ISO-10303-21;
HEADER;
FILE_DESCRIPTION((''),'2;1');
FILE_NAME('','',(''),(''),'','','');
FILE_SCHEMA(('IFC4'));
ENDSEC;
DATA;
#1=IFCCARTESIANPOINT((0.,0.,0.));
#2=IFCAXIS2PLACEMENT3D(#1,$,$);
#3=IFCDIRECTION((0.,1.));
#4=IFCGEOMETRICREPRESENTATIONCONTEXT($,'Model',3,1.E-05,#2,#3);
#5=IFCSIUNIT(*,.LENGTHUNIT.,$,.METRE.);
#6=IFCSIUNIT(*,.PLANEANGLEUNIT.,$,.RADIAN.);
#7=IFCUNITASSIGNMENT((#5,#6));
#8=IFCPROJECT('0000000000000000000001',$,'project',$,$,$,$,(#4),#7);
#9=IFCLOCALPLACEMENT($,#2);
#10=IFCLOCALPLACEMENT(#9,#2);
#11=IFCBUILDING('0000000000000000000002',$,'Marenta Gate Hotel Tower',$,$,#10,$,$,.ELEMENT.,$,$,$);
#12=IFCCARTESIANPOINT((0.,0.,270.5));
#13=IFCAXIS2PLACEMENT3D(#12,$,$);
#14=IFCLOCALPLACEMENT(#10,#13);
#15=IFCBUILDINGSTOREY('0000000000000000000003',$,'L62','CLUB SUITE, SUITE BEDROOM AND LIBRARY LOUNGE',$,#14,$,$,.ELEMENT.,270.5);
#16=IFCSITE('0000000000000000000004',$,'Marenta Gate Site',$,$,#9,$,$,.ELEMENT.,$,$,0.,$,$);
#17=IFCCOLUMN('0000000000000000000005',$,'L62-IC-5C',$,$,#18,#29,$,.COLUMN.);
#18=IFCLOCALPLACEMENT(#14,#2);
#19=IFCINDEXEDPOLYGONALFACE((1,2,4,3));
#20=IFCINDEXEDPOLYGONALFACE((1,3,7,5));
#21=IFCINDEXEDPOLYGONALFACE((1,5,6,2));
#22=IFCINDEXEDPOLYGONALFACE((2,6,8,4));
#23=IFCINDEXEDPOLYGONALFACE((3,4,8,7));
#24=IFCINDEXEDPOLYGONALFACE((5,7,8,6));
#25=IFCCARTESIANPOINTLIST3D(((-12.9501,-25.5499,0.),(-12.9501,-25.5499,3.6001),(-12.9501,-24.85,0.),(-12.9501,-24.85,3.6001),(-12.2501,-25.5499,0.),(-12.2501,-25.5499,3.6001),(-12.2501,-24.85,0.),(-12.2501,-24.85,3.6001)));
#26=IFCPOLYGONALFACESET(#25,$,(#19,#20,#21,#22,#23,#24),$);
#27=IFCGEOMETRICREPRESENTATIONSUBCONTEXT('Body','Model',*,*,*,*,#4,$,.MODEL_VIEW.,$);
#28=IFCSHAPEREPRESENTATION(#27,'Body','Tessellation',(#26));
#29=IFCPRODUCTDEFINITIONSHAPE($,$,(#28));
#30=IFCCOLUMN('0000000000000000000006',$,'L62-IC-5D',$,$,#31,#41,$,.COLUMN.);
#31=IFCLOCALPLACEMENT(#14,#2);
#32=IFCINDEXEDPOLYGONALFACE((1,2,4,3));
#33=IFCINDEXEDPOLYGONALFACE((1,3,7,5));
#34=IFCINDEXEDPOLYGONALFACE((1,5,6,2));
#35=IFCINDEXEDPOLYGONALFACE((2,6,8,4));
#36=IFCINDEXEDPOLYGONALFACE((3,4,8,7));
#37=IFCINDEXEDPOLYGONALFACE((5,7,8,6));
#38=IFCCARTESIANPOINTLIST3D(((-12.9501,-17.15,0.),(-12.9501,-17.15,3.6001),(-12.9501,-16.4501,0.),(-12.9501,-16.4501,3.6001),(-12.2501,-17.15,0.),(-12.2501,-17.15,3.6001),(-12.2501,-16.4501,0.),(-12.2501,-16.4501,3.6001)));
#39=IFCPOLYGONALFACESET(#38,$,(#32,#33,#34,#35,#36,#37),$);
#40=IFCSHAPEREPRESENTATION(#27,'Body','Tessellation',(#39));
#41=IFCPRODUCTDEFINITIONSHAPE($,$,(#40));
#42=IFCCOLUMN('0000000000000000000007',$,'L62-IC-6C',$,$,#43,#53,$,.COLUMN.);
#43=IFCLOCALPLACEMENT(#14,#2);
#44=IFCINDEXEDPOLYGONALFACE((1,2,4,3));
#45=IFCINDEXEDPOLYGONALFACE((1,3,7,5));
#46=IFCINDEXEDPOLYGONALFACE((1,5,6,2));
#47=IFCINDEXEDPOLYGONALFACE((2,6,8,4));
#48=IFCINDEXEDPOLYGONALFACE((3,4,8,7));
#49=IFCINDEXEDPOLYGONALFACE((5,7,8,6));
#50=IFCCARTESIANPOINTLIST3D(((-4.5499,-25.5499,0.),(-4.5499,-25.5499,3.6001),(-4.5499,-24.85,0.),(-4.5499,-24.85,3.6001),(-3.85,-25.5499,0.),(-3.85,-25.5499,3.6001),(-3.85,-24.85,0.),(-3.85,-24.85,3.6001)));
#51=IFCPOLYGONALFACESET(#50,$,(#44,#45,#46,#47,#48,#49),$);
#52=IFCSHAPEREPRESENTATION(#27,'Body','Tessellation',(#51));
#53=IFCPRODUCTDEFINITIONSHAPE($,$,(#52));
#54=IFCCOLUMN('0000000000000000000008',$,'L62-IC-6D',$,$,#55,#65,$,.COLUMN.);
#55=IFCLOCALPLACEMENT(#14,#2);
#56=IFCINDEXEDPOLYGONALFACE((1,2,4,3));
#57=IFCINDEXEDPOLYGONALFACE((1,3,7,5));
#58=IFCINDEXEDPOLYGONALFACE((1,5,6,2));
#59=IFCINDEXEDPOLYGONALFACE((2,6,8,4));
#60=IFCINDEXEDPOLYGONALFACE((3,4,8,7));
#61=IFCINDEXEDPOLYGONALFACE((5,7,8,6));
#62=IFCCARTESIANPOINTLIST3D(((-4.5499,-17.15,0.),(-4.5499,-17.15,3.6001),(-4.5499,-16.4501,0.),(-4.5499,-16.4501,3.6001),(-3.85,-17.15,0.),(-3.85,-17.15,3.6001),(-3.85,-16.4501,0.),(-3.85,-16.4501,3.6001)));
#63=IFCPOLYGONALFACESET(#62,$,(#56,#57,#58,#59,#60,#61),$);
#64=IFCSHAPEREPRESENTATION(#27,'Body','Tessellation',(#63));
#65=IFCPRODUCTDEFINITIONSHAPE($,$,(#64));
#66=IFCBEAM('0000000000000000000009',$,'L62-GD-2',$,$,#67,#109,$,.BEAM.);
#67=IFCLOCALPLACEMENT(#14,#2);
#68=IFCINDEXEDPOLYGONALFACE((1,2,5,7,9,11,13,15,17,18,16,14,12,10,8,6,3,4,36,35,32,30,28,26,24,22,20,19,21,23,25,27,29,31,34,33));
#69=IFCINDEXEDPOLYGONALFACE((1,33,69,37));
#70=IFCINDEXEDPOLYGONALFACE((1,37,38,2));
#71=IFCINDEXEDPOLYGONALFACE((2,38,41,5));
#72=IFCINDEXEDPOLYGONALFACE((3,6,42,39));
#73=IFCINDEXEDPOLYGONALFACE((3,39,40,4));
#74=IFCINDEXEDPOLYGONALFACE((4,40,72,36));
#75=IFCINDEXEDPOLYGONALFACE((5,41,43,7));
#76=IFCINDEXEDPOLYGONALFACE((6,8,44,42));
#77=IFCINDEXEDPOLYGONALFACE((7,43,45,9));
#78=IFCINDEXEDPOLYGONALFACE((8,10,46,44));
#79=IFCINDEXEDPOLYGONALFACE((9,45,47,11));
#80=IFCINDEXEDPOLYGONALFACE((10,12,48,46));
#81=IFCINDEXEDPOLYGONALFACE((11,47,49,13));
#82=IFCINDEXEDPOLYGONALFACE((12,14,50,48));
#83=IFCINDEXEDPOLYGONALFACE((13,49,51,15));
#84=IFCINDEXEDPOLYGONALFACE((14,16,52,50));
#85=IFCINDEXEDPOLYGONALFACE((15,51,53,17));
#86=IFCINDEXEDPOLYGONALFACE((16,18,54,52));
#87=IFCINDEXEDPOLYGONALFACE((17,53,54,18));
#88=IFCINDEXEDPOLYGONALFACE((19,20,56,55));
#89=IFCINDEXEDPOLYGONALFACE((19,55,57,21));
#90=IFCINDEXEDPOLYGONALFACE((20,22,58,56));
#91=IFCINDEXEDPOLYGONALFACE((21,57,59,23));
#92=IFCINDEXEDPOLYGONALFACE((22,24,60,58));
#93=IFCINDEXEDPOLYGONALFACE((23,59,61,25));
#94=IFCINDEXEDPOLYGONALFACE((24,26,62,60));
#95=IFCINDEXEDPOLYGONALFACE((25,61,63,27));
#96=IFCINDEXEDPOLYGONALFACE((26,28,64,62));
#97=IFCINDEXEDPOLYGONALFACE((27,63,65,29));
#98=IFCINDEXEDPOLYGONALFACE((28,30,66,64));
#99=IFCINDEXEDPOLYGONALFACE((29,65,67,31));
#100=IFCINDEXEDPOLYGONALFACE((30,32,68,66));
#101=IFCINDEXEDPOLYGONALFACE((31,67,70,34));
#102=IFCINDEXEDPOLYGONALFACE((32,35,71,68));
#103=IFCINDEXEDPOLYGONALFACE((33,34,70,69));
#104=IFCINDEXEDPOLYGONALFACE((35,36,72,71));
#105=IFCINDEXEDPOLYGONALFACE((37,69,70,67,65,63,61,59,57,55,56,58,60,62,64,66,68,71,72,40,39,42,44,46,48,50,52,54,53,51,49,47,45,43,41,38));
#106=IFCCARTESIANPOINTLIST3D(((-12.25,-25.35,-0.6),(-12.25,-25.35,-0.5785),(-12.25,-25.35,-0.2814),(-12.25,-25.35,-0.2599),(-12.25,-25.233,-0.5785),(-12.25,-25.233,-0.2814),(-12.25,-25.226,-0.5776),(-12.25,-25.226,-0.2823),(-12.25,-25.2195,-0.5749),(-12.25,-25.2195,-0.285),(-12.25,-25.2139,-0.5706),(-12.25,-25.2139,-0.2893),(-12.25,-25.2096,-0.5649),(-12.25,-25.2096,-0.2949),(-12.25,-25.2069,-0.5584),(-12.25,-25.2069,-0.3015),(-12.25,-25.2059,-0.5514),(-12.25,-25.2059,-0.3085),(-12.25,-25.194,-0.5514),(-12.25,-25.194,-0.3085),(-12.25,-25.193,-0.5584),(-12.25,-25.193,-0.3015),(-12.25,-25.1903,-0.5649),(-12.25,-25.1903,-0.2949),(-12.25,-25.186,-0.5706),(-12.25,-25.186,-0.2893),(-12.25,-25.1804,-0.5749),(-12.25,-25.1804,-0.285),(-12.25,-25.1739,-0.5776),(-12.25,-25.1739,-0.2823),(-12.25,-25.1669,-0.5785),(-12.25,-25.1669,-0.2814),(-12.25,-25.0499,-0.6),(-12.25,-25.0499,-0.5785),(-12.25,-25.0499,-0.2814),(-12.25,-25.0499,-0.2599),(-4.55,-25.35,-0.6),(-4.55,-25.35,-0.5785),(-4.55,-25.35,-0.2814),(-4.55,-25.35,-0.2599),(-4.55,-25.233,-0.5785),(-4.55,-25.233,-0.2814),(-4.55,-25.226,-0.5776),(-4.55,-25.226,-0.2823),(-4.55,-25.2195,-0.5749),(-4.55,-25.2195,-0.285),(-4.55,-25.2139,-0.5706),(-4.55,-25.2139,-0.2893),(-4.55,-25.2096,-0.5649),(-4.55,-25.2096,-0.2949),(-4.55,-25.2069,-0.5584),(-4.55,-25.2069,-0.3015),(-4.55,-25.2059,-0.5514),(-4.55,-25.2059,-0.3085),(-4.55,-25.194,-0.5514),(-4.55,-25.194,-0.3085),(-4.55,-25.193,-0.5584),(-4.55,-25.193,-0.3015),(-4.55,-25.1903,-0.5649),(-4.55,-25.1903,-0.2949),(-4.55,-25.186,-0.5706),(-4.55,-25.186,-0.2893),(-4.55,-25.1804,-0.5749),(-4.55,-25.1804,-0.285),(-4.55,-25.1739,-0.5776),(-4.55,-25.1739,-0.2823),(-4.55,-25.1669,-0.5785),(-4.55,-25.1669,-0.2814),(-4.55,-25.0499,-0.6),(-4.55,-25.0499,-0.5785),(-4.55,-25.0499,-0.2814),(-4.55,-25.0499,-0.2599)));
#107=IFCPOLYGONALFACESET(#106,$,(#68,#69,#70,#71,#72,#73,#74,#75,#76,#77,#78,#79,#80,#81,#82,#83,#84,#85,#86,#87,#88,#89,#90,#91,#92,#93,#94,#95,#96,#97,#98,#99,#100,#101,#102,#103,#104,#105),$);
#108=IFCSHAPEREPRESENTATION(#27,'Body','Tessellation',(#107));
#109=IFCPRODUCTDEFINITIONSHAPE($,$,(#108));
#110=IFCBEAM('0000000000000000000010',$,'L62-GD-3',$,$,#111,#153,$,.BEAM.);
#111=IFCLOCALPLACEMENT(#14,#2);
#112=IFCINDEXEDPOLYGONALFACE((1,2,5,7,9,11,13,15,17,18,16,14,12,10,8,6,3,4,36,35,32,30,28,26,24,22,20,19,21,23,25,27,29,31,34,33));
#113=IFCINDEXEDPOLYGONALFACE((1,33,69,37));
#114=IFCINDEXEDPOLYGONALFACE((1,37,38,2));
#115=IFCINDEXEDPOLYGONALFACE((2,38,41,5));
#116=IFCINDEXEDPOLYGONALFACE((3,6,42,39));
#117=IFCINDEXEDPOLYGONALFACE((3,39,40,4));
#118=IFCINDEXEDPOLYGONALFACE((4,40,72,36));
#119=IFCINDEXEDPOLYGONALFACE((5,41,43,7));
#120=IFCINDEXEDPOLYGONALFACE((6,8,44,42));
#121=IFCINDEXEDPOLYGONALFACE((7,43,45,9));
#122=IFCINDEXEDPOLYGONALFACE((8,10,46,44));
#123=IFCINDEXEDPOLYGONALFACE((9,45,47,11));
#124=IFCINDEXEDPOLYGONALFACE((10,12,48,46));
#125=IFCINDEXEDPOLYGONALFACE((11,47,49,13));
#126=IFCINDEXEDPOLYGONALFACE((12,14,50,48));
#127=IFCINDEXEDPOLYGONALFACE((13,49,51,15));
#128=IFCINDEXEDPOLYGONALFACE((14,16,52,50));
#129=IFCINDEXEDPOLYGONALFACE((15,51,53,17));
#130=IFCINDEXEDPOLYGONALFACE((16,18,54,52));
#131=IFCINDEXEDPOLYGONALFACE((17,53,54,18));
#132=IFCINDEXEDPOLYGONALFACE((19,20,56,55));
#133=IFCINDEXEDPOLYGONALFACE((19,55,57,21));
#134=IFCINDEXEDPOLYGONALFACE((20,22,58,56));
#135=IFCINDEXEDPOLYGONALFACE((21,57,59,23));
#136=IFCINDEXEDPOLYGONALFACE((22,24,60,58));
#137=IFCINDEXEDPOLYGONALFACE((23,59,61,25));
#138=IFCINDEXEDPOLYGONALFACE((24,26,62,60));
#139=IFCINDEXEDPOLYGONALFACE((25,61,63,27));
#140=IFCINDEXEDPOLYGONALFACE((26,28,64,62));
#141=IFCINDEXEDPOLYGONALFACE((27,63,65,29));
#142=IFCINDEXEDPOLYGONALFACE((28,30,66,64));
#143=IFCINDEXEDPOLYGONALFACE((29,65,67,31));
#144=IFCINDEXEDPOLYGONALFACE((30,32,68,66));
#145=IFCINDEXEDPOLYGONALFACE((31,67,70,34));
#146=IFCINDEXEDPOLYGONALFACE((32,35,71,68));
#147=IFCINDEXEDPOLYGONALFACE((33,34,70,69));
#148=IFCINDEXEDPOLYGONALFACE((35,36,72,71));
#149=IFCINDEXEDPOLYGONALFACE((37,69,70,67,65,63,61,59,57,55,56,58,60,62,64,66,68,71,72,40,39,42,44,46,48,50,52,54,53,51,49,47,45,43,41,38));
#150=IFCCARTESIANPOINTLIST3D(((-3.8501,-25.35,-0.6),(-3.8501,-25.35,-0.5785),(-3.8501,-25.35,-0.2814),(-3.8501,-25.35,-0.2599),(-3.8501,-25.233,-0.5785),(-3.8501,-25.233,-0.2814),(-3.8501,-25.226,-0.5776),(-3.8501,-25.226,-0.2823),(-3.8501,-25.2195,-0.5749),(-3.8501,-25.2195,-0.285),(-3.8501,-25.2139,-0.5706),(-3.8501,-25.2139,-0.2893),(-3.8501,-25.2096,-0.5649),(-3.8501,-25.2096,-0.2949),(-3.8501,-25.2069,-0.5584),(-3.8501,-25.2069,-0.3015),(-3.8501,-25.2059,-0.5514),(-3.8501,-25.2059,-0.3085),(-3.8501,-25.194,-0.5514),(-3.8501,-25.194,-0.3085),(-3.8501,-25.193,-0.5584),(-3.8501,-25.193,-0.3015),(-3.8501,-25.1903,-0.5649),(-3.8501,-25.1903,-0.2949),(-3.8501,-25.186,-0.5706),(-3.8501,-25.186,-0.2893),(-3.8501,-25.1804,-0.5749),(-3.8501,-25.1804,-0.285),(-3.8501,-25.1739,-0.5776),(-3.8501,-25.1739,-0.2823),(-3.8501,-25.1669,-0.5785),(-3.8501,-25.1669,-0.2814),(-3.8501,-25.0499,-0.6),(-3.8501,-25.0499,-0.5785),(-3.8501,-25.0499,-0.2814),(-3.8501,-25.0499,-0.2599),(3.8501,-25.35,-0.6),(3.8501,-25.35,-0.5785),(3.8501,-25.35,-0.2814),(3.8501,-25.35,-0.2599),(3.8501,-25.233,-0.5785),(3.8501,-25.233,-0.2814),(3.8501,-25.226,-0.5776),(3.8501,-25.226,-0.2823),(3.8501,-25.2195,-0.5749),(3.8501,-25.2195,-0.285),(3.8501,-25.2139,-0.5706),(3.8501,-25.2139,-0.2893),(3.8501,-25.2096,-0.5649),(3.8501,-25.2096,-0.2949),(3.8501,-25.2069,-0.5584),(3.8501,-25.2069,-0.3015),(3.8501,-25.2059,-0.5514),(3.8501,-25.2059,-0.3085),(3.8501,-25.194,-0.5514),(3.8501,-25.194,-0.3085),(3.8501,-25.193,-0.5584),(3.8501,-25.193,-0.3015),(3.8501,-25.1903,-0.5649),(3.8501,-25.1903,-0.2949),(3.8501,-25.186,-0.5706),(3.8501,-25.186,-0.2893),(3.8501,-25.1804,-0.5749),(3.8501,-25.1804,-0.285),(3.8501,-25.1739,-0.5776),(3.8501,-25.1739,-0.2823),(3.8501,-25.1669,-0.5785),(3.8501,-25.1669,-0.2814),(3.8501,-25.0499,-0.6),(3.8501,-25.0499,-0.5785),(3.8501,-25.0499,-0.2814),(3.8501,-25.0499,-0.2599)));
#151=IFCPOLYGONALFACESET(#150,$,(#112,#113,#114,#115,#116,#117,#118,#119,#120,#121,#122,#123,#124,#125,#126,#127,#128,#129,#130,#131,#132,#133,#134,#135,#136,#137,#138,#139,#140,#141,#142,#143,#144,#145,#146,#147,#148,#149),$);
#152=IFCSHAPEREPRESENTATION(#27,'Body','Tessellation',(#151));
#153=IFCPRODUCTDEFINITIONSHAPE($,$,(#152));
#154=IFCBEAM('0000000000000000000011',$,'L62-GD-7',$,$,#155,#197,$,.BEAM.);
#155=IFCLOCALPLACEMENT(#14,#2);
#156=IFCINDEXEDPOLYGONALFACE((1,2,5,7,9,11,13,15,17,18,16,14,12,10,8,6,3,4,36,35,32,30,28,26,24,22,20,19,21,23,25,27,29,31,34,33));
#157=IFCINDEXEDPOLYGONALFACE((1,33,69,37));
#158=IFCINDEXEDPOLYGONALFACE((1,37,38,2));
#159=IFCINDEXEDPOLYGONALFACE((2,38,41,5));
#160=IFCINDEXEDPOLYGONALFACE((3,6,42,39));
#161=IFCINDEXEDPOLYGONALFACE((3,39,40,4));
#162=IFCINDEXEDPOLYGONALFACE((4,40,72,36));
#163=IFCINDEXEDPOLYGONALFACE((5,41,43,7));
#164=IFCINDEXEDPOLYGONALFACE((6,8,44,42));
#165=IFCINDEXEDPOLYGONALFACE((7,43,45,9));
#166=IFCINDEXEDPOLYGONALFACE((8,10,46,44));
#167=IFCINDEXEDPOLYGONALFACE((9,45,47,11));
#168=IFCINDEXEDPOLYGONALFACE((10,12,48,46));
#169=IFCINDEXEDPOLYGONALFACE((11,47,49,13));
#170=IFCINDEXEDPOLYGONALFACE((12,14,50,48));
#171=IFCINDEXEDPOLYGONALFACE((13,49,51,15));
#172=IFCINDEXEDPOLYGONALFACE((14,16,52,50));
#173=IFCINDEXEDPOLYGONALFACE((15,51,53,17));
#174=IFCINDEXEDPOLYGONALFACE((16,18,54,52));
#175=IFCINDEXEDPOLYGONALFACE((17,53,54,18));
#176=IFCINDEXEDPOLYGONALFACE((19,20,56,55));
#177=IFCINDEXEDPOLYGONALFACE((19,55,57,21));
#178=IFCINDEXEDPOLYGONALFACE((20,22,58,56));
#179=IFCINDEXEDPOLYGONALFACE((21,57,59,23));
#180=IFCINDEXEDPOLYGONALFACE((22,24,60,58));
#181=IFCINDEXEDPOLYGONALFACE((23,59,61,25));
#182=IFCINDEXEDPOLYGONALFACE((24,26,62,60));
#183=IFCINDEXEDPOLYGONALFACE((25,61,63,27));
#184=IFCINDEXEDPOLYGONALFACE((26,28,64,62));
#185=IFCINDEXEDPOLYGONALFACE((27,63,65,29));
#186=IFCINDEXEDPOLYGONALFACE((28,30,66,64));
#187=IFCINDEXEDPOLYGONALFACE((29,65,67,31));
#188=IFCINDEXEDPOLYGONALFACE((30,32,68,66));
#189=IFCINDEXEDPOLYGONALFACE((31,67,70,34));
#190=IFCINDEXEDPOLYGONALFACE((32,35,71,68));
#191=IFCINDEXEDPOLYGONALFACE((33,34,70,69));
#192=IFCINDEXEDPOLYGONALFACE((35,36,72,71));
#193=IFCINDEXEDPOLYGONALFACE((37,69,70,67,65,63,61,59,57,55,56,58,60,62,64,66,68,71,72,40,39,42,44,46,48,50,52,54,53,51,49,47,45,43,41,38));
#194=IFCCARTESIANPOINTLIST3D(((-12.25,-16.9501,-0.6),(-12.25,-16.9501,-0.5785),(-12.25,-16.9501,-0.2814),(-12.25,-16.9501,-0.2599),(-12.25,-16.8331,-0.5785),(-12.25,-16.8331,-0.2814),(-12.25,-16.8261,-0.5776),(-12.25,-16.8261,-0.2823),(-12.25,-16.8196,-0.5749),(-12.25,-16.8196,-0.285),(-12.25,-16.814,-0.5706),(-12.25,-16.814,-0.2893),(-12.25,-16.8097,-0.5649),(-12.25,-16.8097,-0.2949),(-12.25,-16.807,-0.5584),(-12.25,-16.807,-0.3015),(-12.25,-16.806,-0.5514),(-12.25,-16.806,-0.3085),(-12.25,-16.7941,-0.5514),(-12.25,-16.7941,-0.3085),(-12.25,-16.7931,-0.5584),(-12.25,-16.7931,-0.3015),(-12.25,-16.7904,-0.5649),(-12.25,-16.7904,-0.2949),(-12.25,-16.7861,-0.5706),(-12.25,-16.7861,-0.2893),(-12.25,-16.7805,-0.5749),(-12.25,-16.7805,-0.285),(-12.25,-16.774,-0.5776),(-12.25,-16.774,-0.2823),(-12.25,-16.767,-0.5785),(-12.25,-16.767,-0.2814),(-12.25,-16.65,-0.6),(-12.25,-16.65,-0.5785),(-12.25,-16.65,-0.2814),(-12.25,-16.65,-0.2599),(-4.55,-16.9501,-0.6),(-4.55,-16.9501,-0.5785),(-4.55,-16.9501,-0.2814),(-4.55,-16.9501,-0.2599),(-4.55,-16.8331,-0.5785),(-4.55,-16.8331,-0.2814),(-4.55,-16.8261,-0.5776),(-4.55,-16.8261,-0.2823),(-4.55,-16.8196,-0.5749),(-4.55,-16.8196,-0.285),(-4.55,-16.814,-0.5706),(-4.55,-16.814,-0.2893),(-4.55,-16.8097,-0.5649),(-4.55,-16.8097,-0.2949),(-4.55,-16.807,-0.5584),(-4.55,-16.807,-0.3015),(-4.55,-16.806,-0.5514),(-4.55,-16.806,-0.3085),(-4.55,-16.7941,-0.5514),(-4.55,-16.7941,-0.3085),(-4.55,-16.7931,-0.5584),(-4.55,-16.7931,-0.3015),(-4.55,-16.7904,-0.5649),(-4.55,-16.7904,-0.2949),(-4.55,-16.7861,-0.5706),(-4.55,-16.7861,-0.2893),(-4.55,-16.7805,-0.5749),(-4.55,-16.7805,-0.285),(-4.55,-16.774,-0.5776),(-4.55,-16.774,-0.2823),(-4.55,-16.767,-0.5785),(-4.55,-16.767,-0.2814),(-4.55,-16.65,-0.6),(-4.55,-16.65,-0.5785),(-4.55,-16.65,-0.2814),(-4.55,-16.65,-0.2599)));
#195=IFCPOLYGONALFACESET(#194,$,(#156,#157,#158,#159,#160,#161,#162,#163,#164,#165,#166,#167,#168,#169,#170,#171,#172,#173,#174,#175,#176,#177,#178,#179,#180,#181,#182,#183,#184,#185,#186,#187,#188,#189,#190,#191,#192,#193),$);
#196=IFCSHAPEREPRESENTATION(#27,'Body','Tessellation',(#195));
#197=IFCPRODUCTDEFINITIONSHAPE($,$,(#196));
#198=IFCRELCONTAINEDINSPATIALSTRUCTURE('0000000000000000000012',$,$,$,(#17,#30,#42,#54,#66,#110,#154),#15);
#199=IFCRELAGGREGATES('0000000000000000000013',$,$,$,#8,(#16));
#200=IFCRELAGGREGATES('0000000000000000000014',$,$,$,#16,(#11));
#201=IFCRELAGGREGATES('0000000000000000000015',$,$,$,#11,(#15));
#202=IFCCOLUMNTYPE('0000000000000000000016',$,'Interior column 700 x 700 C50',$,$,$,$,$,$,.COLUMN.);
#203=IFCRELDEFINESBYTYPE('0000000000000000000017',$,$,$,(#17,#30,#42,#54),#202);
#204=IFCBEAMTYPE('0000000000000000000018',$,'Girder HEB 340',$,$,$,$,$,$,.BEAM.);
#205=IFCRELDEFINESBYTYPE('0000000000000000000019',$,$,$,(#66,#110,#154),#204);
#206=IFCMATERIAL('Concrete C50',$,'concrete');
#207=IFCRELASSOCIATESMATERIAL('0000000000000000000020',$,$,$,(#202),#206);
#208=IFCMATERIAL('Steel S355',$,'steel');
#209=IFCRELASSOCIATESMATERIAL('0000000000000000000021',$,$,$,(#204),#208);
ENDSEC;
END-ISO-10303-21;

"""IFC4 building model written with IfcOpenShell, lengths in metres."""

from ifc_helpers import new_model, si_unit, direction, frame, origin, origin_2d, place, context, subcontext, project, spatial, rectangle, i_section, extrude, material, material_profile, profile_set, type_object, element, save


model = new_model("IFC4")

# Units and contexts
model_context = context("Model", 3, precision=1e-05, world=origin(), true_north=direction((0.0, 1.0)))
body_context = subcontext(model_context, "Body", "Model", "MODEL_VIEW")
ifc_project = project(units=[si_unit("LENGTHUNIT", "METRE"), si_unit("PLANEANGLEUNIT", "RADIAN")], contexts=[model_context])

# Site, building, storey
site_placement = place(None, origin())
site = spatial("IfcSite", under=ifc_project, at=site_placement, Name="Marenta Gate Site", CompositionType="ELEMENT", RefElevation=0.0)
building_placement = place(site_placement, origin())
building = spatial("IfcBuilding", under=site, at=building_placement, Name="Marenta Gate Hotel Tower", CompositionType="ELEMENT")
storey_placement = place(building_placement, frame((0.0, 0.0, 270.5)))
storey = spatial("IfcBuildingStorey", under=building, at=storey_placement, Name="L62", Description="CLUB SUITE, SUITE BEDROOM AND LIBRARY LOUNGE", CompositionType="ELEMENT", Elevation=270.5)

# Columns
ifc_material_1 = material(Name="Concrete C50", Category="concrete")
ifc_material_profile_1 = material_profile(ifc_material_1, rectangle(XDim=0.7, YDim=0.7, at=origin_2d()), Name="700 x 700")
ifc_profile_set_1 = profile_set([ifc_material_profile_1], Name="Concrete C50")
column_type = type_object("IfcColumnType", Name="Interior column 700 x 700 C50", PredefinedType="COLUMN", material=ifc_profile_set_1)
for number, where, z_axis, x_axis, name in (
    (1, (-12.6001, -25.2, 0.0), (0.0, 0.0, 1.0), (1.0, 0.0, 0.0), "L62-IC-5C"),
    (2, (-12.6001, -16.8, 0.0), (0.0, 0.0, 1.0), (1.0, 0.0, 0.0), "L62-IC-5D"),
    (3, (-4.2, -25.2, 0.0), (0.0, 0.0, 1.0), (1.0, 0.0, 0.0), "L62-IC-6C"),
    (4, (-4.2, -16.8, 0.0), (0.0, 0.0, 1.0), (1.0, 0.0, 0.0), "L62-IC-6D"),
):
    element("IfcColumn", number, at=place(storey_placement, frame(where, z_axis=z_axis, x_axis=x_axis)), inside=storey, type_object=column_type, Name=name, PredefinedType="COLUMN", context=body_context, shape_type="SweptSolid", body=[
        extrude(rectangle(XDim=0.7, YDim=0.7, at=origin_2d()), origin(), (0.0, 0.0, 1.0), 3.6001),
    ])

# Beams
ifc_material_2 = material(Name="Steel S355", Category="steel")
ifc_material_profile_2 = material_profile(ifc_material_2, i_section(OverallWidth=0.3, OverallDepth=0.3401, WebThickness=0.012, FlangeThickness=0.0215, FilletRadius=0.0271, at=origin_2d()), Name="HEB 340")
ifc_profile_set_2 = profile_set([ifc_material_profile_2], Name="Steel S355")
beam_type = type_object("IfcBeamType", Name="Girder HEB 340", PredefinedType="BEAM", material=ifc_profile_set_2)
beam_1_placement = place(storey_placement, frame((-12.25, -25.2, -0.4299), z_axis=(1.0, 0.0, 0.0), x_axis=(0.0, 1.0, 0.0)))
element("IfcBeam", 5, at=beam_1_placement, inside=storey, type_object=beam_type, Name="L62-GD-2", PredefinedType="BEAM", context=body_context, shape_type="SweptSolid", body=[
    extrude(i_section(OverallWidth=0.3, OverallDepth=0.3401, WebThickness=0.012, FlangeThickness=0.0215, FilletRadius=0.0271, at=origin_2d()), origin(), (0.0, 0.0, 1.0), 7.7),
])
beam_2_placement = place(storey_placement, frame((-3.8501, -25.2, -0.4299), z_axis=(1.0, 0.0, 0.0), x_axis=(0.0, 1.0, 0.0)))
element("IfcBeam", 6, at=beam_2_placement, inside=storey, type_object=beam_type, Name="L62-GD-3", PredefinedType="BEAM", context=body_context, shape_type="SweptSolid", body=[
    extrude(i_section(OverallWidth=0.3, OverallDepth=0.3401, WebThickness=0.012, FlangeThickness=0.0215, FilletRadius=0.0271, at=origin_2d()), origin(), (0.0, 0.0, 1.0), 7.7002),
])
beam_3_placement = place(storey_placement, frame((-12.25, -16.8, -0.4299), z_axis=(1.0, 0.0, 0.0), x_axis=(0.0, 1.0, 0.0)))
element("IfcBeam", 7, at=beam_3_placement, inside=storey, type_object=beam_type, Name="L62-GD-7", PredefinedType="BEAM", context=body_context, shape_type="SweptSolid", body=[
    extrude(i_section(OverallWidth=0.3, OverallDepth=0.3401, WebThickness=0.012, FlangeThickness=0.0215, FilletRadius=0.0271, at=origin_2d()), origin(), (0.0, 0.0, 1.0), 7.7),
])

save(model, "model.ifc")
